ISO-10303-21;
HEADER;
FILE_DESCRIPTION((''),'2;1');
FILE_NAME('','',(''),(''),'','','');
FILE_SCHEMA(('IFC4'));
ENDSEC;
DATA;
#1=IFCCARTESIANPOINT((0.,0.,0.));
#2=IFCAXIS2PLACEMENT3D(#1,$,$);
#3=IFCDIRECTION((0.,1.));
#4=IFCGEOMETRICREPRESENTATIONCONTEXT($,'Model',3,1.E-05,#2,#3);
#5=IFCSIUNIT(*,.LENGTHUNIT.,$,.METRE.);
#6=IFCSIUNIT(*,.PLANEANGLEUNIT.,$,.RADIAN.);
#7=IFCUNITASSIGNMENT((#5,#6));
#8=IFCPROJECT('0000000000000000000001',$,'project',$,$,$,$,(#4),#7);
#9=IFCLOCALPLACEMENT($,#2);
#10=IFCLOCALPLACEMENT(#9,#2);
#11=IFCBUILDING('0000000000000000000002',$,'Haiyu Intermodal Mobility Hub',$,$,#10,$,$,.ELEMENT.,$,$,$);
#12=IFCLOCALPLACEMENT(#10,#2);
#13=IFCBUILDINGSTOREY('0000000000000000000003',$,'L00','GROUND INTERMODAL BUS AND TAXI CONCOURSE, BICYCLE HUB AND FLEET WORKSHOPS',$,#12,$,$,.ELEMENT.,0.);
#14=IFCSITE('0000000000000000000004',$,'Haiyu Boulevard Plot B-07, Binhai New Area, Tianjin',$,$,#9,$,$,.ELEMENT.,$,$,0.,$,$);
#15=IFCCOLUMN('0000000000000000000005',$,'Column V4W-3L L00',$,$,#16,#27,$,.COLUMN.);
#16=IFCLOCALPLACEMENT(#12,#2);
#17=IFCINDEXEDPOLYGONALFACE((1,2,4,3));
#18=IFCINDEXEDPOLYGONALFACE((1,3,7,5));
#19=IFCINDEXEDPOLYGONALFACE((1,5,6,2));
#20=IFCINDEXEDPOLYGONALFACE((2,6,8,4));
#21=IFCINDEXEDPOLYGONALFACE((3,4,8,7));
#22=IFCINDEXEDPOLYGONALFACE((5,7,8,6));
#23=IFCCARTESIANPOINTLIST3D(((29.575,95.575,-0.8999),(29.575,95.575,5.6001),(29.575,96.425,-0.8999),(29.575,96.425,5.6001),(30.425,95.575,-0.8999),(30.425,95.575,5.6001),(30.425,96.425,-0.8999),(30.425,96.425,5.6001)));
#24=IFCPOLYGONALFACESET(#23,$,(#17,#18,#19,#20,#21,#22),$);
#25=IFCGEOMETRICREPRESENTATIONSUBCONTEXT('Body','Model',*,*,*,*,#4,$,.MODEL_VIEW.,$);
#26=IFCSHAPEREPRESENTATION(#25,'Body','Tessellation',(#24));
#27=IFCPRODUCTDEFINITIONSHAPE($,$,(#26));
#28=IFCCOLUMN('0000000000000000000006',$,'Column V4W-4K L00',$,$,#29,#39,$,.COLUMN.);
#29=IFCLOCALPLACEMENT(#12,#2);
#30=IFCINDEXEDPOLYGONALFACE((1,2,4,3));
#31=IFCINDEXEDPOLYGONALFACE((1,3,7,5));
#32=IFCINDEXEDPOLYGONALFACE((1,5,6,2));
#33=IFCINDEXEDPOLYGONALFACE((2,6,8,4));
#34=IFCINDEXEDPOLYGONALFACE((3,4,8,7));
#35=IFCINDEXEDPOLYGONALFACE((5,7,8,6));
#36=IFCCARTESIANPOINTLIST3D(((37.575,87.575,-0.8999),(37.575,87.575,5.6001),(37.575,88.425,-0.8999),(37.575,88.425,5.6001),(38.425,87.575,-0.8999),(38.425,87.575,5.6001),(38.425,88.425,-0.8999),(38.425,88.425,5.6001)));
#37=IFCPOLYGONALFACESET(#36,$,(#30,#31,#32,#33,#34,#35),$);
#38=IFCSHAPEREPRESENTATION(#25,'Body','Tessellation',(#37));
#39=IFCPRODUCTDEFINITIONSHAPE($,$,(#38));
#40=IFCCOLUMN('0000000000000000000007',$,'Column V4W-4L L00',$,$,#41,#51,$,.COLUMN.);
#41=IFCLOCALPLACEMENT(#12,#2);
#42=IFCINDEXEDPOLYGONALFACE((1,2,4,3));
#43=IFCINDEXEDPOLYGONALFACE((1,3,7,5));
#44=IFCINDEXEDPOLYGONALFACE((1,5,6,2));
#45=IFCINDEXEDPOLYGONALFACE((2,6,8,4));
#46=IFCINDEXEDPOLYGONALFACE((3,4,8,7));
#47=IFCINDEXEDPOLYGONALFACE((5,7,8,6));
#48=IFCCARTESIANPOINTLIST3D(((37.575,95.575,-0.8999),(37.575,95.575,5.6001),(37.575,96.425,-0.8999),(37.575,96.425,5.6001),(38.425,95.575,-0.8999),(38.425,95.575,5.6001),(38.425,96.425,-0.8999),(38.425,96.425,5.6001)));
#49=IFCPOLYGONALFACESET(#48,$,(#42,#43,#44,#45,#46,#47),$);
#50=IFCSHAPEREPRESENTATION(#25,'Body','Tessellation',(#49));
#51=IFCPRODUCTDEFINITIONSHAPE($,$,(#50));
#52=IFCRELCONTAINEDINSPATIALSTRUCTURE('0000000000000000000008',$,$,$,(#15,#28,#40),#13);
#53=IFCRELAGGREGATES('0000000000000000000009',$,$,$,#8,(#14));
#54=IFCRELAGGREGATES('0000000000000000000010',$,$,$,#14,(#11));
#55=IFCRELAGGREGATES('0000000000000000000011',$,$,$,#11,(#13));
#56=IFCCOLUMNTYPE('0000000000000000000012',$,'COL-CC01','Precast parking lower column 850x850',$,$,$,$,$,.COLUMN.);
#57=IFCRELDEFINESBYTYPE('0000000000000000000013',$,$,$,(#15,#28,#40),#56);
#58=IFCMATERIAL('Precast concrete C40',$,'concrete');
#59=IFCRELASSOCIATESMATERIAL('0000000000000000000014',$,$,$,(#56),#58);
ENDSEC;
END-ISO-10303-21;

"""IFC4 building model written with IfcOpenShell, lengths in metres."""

from ifc_helpers import new_model, si_unit, direction, frame, origin, origin_2d, place, context, subcontext, project, spatial, rectangle, extrude, material, material_profile, profile_set, type_object, element, save


model = new_model("IFC4")

# Units and contexts
model_context = context("Model", 3, precision=1e-05, world=origin(), true_north=direction((0.0, 1.0)))
body_context = subcontext(model_context, "Body", "Model", "MODEL_VIEW")
ifc_project = project(units=[si_unit("LENGTHUNIT", "METRE"), si_unit("PLANEANGLEUNIT", "RADIAN")], contexts=[model_context])

# Site, building, storey
site_placement = place(None, origin())
site = spatial("IfcSite", under=ifc_project, at=site_placement, Name="Haiyu Boulevard Plot B-07, Binhai New Area, Tianjin", CompositionType="ELEMENT", RefElevation=0.0)
building_placement = place(site_placement, origin())
building = spatial("IfcBuilding", under=site, at=building_placement, Name="Haiyu Intermodal Mobility Hub", CompositionType="ELEMENT")
storey_placement = place(building_placement, origin())
storey = spatial("IfcBuildingStorey", under=building, at=storey_placement, Name="L00", Description="GROUND INTERMODAL BUS AND TAXI CONCOURSE, BICYCLE HUB AND FLEET WORKSHOPS", CompositionType="ELEMENT", Elevation=0.0)

# Columns
ifc_material_1 = material(Name="Precast concrete C40", Category="concrete")
ifc_material_profile_1 = material_profile(ifc_material_1, rectangle(XDim=0.8501, YDim=0.8501, at=origin_2d()), Name="RC850x850")
ifc_profile_set_1 = profile_set([ifc_material_profile_1], Name="Precast concrete C40")
column_type = type_object("IfcColumnType", Name="COL-CC01", Description="Precast parking lower column 850x850", PredefinedType="COLUMN", material=ifc_profile_set_1)
for number, where, z_axis, x_axis, name in (
    (1, (30.0, 96.0, -0.8999), (0.0, 0.0, 1.0), (1.0, 0.0, 0.0), "Column V4W-3L L00"),
    (2, (38.0, 88.0, -0.8999), (0.0, 0.0, 1.0), (1.0, 0.0, 0.0), "Column V4W-4K L00"),
    (3, (38.0, 96.0, -0.8999), (0.0, 0.0, 1.0), (1.0, 0.0, 0.0), "Column V4W-4L L00"),
):
    element("IfcColumn", number, at=place(storey_placement, frame(where, z_axis=z_axis, x_axis=x_axis)), inside=storey, type_object=column_type, Name=name, PredefinedType="COLUMN", context=body_context, shape_type="SweptSolid", body=[
        extrude(rectangle(XDim=0.8501, YDim=0.8501, at=origin_2d()), origin(), (0.0, 0.0, 1.0), 6.5),
    ])

save(model, "model.ifc")
